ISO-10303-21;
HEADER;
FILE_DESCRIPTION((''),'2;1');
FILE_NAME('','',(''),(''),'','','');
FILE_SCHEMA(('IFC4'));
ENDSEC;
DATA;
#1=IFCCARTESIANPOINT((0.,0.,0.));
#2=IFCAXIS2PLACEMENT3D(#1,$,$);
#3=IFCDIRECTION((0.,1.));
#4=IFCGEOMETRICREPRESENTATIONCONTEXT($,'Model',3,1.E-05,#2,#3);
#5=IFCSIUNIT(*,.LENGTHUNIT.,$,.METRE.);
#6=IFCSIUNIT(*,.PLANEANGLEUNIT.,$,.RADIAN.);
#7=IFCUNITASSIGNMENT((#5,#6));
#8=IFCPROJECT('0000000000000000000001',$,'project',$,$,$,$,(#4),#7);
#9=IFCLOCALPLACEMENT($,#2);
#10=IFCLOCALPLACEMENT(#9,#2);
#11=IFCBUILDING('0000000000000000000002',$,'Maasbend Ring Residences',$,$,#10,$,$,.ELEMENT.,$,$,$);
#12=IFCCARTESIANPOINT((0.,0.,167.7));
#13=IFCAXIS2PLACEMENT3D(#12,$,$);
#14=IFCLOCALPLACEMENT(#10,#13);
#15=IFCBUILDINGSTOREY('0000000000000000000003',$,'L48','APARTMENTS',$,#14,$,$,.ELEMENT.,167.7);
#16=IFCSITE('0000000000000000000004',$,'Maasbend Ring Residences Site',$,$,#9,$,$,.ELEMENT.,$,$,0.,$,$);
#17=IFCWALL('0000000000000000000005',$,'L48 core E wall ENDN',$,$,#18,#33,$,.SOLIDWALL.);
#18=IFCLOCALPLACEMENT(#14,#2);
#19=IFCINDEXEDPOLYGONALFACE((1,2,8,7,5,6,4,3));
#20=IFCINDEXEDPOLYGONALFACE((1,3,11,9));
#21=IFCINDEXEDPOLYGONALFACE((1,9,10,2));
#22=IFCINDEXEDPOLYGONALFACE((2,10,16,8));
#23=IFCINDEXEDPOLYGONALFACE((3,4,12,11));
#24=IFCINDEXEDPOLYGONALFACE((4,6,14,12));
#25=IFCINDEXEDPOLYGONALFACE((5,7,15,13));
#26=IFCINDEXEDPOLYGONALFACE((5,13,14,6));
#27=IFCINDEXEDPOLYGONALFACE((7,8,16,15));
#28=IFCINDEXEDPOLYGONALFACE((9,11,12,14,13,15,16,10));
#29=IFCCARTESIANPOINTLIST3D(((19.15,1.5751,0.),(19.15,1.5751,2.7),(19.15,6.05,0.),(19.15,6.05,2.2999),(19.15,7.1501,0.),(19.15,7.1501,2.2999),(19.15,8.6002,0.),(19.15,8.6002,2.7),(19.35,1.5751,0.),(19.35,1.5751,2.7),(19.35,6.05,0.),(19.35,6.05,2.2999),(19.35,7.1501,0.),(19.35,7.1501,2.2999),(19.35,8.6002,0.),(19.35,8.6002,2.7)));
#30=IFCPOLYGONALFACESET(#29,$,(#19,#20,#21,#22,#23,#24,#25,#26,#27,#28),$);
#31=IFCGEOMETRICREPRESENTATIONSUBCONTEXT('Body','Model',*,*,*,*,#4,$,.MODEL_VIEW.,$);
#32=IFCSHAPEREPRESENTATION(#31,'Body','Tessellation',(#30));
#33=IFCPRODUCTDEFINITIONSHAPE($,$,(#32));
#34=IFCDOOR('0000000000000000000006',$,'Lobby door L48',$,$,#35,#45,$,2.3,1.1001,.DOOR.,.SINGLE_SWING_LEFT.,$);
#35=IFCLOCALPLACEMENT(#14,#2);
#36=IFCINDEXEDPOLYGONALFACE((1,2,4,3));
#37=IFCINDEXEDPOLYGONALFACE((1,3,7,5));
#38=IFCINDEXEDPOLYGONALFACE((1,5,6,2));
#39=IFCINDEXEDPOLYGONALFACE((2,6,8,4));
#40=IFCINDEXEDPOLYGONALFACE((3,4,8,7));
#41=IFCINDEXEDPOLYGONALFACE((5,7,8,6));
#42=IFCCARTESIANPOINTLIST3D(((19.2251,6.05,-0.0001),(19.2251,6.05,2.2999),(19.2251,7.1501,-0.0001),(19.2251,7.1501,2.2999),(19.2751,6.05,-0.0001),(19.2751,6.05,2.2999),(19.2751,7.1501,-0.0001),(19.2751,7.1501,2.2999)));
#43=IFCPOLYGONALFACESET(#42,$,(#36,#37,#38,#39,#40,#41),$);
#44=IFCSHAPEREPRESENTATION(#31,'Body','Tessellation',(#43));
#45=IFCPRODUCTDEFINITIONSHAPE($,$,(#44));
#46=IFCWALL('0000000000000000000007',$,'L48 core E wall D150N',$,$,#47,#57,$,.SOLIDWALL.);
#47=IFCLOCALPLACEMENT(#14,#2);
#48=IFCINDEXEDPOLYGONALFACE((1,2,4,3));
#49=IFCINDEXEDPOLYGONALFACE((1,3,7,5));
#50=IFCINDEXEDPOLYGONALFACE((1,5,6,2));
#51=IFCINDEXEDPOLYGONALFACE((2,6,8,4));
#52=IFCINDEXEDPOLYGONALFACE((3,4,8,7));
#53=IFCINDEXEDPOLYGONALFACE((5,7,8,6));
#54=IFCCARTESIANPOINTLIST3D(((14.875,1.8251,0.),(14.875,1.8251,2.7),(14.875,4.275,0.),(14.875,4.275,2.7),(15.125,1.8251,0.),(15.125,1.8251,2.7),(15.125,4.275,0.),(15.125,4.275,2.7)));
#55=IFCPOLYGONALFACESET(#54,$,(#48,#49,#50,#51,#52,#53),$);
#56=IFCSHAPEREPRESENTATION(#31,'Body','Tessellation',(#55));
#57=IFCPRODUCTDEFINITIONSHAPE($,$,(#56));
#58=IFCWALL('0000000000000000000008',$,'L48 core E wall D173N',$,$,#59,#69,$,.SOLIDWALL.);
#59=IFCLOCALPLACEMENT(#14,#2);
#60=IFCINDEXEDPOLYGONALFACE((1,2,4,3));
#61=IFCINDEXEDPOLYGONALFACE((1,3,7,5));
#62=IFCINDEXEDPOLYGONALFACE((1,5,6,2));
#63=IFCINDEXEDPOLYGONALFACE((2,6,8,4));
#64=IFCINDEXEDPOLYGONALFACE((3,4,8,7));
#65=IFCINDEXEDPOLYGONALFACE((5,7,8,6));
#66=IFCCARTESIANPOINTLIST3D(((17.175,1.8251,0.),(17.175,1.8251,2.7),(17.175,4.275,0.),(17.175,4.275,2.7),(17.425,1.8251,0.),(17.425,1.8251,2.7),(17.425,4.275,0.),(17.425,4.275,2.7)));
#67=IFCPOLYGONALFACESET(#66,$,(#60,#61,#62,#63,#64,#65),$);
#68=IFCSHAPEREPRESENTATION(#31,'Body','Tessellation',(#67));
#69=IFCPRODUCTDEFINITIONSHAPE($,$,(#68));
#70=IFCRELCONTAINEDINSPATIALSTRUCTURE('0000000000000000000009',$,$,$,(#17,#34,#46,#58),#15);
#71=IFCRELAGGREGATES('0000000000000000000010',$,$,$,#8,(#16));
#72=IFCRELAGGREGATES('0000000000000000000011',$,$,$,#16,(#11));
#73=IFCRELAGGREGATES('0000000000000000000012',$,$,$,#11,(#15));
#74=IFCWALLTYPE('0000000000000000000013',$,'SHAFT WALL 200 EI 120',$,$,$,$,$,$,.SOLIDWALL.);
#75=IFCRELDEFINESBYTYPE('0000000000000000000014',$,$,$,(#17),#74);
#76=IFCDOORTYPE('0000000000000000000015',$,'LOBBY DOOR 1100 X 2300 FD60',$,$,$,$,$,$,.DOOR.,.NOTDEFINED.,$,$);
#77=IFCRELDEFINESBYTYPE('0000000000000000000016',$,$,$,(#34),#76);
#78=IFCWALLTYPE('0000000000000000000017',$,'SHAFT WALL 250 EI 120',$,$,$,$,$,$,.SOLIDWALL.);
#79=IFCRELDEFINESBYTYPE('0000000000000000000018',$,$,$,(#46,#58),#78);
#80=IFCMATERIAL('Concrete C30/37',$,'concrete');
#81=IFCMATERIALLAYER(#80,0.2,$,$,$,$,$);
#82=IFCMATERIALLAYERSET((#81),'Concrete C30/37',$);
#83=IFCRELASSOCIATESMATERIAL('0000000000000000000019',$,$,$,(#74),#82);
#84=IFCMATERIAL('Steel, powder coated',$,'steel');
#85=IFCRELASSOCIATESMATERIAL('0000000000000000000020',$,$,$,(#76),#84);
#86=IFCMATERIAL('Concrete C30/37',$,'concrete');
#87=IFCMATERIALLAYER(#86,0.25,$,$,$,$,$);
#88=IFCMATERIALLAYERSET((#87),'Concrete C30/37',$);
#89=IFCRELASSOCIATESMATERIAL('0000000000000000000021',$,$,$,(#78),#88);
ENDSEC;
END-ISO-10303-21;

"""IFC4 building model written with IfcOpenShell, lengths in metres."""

from ifc_helpers import new_model, si_unit, direction, frame, frame_2d, origin, place, context, subcontext, project, spatial, rectangle, extrude, material, layer, layer_set, type_object, element, fill, save


model = new_model("IFC4")

# Units and contexts
model_context = context("Model", 3, precision=1e-05, world=origin(), true_north=direction((0.0, 1.0)))
body_context = subcontext(model_context, "Body", "Model", "MODEL_VIEW")
ifc_project = project(units=[si_unit("LENGTHUNIT", "METRE"), si_unit("PLANEANGLEUNIT", "RADIAN")], contexts=[model_context])

# Site, building, storey
site_placement = place(None, origin())
site = spatial("IfcSite", under=ifc_project, at=site_placement, Name="Maasbend Ring Residences Site", CompositionType="ELEMENT", RefElevation=0.0)
building_placement = place(site_placement, origin())
building = spatial("IfcBuilding", under=site, at=building_placement, Name="Maasbend Ring Residences", CompositionType="ELEMENT")
storey_placement = place(building_placement, frame((0.0, 0.0, 167.7)))
storey = spatial("IfcBuildingStorey", under=building, at=storey_placement, Name="L48", Description="APARTMENTS", CompositionType="ELEMENT", Elevation=167.7)

# Wall, opening, door
ifc_material_1 = material(Name="Concrete C30/37", Category="concrete")
ifc_layer_1 = layer(ifc_material_1, 0.2)
ifc_layer_set_1 = layer_set([ifc_layer_1], Name="Concrete C30/37")
wall_type_1 = type_object("IfcWallType", Name="SHAFT WALL 200 EI 120", PredefinedType="SOLIDWALL", material=ifc_layer_set_1)
wall_1_placement = place(storey_placement, frame((19.25, 1.575, 0.0), z_axis=(0.0, 0.0, 1.0), x_axis=(0.0, 1.0, 0.0)))
wall_1 = element("IfcWall", 1, at=wall_1_placement, inside=storey, type_object=wall_type_1, Name="L48 core E wall ENDN", PredefinedType="SOLIDWALL", context=body_context, shape_type="SweptSolid", body=[
    extrude(rectangle(XDim=7.0251, YDim=0.2, at=frame_2d((3.5127, 0.0))), origin(), (0.0, 0.0, 1.0), 2.7),
])
opening_1_placement = place(wall_1_placement, frame((4.4751, 0.0, 0.0)))
opening_1 = element("IfcOpeningElement", 2, at=opening_1_placement, cuts=wall_1, PredefinedType="OPENING", context=body_context, shape_type="SweptSolid", body=[
    extrude(rectangle(XDim=1.1001, YDim=2.3, at=frame_2d((0.55, 1.1499))), frame((0.0, 0.1099, 0.0), z_axis=(0.0, -1.0, 0.0), x_axis=(1.0, 0.0, 0.0)), (0.0, 0.0, 1.0), 0.22),
])
ifc_material_2 = material(Name="Steel, powder coated", Category="steel")
door_type_1 = type_object("IfcDoorType", Name="LOBBY DOOR 1100 X 2300 FD60", OperationType="NOTDEFINED", PredefinedType="DOOR", material=ifc_material_2)
door_1_placement = place(opening_1_placement, origin())
door_1 = element("IfcDoor", 3, at=door_1_placement, inside=storey, type_object=door_type_1, Name="Lobby door L48", OperationType="SINGLE_SWING_LEFT", OverallHeight=2.3, OverallWidth=1.1001, PredefinedType="DOOR", context=body_context, shape_type="SweptSolid", body=[
    extrude(rectangle(XDim=1.1001, YDim=2.3, at=frame_2d((0.55, 1.1499))), frame((0.0, 0.0249, 0.0), z_axis=(0.0, -1.0, 0.0), x_axis=(1.0, 0.0, 0.0)), (0.0, 0.0, 1.0), 0.05),
])
fill(opening_1, door_1)

# Walls
ifc_material_3 = material(Name="Concrete C30/37", Category="concrete")
ifc_layer_2 = layer(ifc_material_3, 0.25)
ifc_layer_set_2 = layer_set([ifc_layer_2], Name="Concrete C30/37")
wall_type_2 = type_object("IfcWallType", Name="SHAFT WALL 250 EI 120", PredefinedType="SOLIDWALL", material=ifc_layer_set_2)
for number, where, z_axis, x_axis, name in (
    (4, (15.0, 1.825, 0.0), (0.0, 0.0, 1.0), (0.0, 1.0, 0.0), "L48 core E wall D150N"),
    (5, (17.3, 1.825, 0.0), (0.0, 0.0, 1.0), (0.0, 1.0, 0.0), "L48 core E wall D173N"),
):
    element("IfcWall", number, at=place(storey_placement, frame(where, z_axis=z_axis, x_axis=x_axis)), inside=storey, type_object=wall_type_2, Name=name, PredefinedType="SOLIDWALL", context=body_context, shape_type="SweptSolid", body=[
        extrude(rectangle(XDim=2.45, YDim=0.25, at=frame_2d((1.2251, 0.0))), origin(), (0.0, 0.0, 1.0), 2.7),
    ])

save(model, "model.ifc")
